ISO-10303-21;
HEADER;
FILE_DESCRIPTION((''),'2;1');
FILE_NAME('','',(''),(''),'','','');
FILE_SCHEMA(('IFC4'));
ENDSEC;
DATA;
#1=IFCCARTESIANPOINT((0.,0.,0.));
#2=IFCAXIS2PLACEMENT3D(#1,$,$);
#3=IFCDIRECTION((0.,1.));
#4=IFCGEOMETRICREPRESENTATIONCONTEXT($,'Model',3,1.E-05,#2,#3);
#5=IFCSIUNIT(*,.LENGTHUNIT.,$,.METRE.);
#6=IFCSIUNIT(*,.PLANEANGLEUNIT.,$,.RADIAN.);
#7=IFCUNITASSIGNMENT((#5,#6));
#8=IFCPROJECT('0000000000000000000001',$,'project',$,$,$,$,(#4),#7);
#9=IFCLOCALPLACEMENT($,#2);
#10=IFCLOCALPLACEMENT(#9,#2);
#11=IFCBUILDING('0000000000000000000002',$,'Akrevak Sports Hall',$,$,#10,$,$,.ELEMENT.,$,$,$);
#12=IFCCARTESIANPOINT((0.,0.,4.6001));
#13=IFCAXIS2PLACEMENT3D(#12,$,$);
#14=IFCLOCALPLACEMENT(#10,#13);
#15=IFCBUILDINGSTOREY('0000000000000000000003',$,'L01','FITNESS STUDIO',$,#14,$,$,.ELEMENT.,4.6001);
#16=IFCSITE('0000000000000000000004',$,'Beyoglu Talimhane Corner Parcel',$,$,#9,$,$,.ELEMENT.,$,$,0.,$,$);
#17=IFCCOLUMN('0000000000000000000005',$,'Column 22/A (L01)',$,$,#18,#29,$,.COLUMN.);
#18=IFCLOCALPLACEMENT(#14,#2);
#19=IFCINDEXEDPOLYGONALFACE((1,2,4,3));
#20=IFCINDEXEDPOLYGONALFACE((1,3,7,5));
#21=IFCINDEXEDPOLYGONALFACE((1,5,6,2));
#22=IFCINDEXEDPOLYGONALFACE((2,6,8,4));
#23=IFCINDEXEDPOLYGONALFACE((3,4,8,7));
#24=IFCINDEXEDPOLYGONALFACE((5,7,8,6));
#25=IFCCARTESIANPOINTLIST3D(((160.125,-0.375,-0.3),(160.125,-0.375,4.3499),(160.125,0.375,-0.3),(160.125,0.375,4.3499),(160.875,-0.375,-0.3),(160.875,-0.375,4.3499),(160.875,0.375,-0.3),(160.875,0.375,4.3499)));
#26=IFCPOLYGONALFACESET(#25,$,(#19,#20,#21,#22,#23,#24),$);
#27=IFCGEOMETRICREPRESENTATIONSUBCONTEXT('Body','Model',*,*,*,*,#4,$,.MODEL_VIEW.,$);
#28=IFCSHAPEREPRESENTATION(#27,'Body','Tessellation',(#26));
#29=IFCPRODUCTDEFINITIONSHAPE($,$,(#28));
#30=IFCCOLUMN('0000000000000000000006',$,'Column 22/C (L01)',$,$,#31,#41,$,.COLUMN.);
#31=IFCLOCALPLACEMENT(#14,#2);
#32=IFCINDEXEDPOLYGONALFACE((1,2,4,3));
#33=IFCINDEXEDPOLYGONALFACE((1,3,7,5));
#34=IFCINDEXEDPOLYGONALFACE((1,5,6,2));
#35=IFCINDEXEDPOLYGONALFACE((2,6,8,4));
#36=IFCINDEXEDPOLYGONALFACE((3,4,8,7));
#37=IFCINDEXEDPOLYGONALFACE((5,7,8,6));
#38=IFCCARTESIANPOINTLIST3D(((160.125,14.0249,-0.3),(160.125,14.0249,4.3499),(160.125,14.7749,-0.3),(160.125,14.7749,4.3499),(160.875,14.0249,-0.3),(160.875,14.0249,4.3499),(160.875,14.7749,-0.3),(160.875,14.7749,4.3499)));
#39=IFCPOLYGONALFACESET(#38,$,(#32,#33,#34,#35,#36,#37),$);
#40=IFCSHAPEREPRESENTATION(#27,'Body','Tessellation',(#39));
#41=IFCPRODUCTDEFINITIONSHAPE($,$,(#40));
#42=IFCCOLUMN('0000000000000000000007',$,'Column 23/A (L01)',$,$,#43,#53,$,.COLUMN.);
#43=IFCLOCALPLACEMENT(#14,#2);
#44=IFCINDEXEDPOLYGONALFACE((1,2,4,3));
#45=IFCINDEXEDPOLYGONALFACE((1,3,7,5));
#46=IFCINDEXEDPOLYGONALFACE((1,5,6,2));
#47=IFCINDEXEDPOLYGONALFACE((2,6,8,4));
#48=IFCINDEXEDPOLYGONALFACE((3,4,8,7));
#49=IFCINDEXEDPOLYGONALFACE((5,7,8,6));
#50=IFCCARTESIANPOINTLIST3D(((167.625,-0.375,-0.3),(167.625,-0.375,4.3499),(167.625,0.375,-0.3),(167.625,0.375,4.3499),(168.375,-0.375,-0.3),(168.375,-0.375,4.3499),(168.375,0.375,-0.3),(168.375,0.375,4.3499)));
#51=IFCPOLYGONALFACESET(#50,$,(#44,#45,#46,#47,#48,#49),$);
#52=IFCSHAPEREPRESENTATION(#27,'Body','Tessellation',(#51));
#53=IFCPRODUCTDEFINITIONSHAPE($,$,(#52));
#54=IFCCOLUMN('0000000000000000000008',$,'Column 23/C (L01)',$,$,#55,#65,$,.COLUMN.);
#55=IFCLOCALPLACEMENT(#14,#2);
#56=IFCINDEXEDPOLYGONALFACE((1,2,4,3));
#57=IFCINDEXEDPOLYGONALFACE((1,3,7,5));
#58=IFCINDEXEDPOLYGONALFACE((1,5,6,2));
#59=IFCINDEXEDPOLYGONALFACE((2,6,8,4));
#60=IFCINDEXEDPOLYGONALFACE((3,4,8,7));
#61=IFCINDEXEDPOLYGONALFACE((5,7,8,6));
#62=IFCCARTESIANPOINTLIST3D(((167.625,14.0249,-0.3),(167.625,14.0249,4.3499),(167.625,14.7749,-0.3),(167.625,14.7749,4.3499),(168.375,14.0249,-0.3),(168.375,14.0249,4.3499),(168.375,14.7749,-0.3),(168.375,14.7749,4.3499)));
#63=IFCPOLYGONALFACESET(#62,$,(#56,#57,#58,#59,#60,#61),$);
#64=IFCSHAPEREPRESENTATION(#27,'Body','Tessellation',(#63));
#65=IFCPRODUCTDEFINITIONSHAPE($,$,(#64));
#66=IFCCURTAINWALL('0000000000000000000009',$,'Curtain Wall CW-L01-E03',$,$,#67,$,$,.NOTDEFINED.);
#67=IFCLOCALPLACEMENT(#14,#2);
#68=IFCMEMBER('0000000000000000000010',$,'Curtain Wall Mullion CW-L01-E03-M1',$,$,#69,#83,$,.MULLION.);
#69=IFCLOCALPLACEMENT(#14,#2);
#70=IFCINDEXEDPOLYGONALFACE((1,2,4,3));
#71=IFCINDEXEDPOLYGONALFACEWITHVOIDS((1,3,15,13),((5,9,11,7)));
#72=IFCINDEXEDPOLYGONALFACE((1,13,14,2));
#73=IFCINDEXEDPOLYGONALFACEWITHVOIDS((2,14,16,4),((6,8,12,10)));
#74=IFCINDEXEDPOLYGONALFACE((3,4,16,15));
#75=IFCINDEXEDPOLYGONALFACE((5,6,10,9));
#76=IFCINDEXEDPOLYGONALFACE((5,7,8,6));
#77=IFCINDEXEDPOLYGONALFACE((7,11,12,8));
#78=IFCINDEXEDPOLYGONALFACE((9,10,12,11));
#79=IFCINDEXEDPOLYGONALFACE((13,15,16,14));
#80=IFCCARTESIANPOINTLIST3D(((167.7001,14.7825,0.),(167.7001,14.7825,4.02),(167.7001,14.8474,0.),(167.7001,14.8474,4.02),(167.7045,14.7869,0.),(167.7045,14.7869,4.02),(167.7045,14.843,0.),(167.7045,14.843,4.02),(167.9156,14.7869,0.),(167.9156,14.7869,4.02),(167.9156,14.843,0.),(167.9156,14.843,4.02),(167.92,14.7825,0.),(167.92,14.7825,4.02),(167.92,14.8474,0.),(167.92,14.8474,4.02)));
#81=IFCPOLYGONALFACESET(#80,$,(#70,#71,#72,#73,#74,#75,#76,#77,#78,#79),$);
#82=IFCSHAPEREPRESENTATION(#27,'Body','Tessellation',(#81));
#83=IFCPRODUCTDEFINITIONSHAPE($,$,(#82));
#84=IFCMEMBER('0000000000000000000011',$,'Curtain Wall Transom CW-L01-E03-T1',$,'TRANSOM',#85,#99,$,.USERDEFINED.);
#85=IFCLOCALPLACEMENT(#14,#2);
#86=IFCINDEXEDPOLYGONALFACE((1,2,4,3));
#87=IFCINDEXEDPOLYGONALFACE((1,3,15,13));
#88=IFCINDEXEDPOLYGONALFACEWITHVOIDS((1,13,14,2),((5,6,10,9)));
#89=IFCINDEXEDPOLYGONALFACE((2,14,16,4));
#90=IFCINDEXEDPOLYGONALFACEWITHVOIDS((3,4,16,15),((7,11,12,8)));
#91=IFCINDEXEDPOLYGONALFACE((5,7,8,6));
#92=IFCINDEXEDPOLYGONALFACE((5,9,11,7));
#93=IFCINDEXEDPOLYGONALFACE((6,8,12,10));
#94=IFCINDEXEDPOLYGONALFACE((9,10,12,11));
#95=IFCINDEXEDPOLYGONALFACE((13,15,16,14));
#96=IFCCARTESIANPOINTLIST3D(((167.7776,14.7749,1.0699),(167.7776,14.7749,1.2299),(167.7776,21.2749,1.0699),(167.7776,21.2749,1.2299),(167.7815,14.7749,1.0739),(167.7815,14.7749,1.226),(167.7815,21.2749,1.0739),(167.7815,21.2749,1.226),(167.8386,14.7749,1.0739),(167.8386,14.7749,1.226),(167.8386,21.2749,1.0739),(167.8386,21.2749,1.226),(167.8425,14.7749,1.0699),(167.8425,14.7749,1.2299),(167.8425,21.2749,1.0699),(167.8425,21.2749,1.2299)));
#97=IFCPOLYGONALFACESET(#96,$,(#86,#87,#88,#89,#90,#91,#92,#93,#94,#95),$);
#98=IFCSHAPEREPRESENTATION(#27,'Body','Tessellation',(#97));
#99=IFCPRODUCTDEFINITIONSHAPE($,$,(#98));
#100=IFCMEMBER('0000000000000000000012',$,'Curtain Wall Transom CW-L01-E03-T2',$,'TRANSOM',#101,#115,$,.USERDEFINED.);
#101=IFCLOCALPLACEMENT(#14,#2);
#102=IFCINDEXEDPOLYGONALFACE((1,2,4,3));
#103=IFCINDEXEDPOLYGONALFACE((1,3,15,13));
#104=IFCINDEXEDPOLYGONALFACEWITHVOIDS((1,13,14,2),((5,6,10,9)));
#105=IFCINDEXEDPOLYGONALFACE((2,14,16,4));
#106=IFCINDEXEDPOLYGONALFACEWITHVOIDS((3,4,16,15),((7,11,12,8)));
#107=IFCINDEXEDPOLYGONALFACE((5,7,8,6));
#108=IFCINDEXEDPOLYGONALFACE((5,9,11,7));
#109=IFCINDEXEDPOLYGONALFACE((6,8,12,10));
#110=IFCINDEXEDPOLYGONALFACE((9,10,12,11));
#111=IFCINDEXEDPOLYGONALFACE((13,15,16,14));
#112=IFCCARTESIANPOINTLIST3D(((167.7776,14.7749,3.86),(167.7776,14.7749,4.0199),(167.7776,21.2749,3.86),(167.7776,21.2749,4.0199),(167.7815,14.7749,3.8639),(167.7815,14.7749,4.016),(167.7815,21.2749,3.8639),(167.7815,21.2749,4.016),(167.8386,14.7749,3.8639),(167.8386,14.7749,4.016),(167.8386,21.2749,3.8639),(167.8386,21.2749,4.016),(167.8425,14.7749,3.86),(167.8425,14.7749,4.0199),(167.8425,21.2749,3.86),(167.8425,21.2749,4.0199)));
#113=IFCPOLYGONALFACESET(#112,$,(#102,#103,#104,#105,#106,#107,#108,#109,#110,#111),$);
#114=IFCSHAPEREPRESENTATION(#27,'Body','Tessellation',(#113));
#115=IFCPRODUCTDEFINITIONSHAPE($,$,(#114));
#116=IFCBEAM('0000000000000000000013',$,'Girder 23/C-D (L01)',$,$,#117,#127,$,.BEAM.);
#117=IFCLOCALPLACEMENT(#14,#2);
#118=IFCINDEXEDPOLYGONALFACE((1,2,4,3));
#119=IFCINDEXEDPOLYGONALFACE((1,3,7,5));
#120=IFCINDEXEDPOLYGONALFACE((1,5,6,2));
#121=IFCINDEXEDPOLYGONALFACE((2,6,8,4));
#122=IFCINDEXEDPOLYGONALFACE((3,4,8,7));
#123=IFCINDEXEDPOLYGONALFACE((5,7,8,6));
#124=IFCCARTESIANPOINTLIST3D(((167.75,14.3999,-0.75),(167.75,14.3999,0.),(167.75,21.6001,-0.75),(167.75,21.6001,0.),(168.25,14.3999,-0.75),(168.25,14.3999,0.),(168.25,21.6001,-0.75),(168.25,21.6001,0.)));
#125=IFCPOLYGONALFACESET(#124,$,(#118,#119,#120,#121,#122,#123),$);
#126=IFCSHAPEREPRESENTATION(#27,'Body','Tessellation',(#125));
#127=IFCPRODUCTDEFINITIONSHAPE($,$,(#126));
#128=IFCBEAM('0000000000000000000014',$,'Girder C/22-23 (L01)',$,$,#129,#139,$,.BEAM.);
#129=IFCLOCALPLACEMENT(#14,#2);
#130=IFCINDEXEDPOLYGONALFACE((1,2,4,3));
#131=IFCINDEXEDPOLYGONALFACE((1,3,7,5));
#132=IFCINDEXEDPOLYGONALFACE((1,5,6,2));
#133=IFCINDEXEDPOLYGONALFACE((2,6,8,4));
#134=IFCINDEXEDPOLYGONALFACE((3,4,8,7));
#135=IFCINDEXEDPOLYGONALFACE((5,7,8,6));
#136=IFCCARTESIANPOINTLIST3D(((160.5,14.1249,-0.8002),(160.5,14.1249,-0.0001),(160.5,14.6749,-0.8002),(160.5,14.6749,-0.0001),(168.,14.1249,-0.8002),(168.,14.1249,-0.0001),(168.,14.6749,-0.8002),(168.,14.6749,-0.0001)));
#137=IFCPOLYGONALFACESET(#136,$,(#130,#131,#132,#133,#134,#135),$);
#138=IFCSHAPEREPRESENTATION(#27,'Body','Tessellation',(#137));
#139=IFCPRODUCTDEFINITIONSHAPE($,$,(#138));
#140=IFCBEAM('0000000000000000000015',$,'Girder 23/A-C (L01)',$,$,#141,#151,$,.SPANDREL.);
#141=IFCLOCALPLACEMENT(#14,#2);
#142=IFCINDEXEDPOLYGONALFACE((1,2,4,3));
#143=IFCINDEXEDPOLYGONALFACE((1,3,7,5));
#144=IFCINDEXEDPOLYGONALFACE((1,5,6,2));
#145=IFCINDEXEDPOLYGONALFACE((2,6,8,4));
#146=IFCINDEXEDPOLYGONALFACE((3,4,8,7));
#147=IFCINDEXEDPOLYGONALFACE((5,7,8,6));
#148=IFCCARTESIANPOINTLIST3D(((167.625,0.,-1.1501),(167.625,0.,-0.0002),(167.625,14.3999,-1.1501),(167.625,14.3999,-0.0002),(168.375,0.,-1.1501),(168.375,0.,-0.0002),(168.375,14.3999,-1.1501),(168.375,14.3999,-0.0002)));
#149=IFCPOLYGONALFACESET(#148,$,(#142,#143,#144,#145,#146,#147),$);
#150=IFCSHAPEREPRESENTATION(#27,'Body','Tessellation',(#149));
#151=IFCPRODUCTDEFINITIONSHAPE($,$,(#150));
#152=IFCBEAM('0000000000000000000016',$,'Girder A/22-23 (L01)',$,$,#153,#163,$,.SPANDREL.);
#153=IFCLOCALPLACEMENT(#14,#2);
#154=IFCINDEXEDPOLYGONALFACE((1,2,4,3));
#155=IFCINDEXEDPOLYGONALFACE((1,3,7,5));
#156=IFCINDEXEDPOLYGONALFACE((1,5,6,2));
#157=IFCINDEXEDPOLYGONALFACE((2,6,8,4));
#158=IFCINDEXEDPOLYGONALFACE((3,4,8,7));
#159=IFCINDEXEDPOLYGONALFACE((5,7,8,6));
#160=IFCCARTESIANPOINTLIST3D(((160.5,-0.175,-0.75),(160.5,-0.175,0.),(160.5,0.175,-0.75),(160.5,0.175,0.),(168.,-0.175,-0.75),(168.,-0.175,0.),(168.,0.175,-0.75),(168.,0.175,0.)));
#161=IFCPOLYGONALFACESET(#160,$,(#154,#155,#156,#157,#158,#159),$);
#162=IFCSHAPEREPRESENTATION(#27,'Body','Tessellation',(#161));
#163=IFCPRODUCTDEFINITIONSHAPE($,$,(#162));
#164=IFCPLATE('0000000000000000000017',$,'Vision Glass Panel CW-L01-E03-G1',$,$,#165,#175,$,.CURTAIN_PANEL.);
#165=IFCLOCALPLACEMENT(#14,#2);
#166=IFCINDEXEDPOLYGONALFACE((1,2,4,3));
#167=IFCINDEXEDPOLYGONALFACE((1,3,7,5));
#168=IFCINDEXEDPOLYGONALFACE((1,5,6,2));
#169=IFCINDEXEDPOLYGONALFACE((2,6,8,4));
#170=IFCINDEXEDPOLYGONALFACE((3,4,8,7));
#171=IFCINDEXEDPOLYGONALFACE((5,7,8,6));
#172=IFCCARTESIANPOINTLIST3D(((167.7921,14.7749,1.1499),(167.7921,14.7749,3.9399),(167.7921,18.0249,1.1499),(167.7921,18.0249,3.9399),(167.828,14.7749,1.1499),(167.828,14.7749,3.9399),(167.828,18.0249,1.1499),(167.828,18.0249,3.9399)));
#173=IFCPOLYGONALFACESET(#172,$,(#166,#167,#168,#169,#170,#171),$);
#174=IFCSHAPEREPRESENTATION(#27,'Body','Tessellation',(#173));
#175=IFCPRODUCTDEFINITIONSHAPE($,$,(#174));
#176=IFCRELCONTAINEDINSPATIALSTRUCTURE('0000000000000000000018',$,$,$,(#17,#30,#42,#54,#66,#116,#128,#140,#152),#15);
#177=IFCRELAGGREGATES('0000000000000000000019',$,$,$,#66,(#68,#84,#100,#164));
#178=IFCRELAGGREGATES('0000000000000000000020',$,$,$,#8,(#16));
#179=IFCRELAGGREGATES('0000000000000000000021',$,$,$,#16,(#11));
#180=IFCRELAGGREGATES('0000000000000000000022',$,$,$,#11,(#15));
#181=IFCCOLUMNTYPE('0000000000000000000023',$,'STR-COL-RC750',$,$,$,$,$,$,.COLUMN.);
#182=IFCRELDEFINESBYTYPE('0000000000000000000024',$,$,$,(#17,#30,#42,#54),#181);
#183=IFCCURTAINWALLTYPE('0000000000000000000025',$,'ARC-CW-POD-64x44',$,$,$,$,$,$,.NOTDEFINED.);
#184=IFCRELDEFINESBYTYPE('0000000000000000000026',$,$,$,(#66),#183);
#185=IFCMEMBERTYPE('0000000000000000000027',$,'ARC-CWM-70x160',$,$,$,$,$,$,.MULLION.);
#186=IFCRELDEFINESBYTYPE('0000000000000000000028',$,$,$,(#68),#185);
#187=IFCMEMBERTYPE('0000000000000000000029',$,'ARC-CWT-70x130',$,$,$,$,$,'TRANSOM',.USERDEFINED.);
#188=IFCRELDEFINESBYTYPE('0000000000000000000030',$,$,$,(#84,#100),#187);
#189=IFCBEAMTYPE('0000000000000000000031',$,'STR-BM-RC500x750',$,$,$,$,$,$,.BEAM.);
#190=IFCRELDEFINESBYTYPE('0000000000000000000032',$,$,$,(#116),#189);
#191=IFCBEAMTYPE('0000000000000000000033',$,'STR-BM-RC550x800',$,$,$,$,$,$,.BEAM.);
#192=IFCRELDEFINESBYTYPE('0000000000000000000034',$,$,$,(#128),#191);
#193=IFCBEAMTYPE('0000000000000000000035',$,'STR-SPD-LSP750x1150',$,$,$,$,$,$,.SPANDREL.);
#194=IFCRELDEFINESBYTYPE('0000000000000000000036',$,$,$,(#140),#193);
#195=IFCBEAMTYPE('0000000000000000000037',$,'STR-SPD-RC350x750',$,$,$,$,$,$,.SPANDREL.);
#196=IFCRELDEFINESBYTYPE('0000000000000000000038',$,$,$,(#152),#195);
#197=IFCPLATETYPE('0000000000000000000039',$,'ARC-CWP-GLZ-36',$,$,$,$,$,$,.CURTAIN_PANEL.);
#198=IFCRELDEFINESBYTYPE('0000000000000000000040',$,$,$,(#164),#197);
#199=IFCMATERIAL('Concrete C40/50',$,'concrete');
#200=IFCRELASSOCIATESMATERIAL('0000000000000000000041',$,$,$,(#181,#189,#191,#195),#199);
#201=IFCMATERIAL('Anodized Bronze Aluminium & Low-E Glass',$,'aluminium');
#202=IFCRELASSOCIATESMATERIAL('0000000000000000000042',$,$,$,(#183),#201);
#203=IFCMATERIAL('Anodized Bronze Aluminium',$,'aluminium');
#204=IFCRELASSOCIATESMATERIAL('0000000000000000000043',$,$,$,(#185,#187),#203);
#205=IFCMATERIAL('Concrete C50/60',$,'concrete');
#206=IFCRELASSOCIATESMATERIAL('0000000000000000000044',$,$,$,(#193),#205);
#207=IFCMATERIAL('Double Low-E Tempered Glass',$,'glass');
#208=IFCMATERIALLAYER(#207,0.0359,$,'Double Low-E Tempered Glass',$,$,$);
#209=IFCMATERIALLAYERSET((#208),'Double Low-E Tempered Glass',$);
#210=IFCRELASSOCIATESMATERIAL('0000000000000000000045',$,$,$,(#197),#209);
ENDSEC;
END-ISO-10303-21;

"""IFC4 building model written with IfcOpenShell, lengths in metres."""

from ifc_helpers import new_model, si_unit, direction, frame, origin, origin_2d, place, context, subcontext, project, spatial, rectangle, hollow_rectangle, extrude, material, layer, layer_set, material_profile, profile_set, type_object, element, aggregate, save


model = new_model("IFC4")

# Units and contexts
model_context = context("Model", 3, precision=1e-05, world=origin(), true_north=direction((0.0, 1.0)))
body_context = subcontext(model_context, "Body", "Model", "MODEL_VIEW")
ifc_project = project(units=[si_unit("LENGTHUNIT", "METRE"), si_unit("PLANEANGLEUNIT", "RADIAN")], contexts=[model_context])

# Site, building, storey
site_placement = place(None, origin())
site = spatial("IfcSite", under=ifc_project, at=site_placement, Name="Beyoglu Talimhane Corner Parcel", CompositionType="ELEMENT", RefElevation=0.0)
building_placement = place(site_placement, origin())
building = spatial("IfcBuilding", under=site, at=building_placement, Name="Akrevak Sports Hall", CompositionType="ELEMENT")
storey_placement = place(building_placement, frame((0.0, 0.0, 4.6001)))
storey = spatial("IfcBuildingStorey", under=building, at=storey_placement, Name="L01", Description="FITNESS STUDIO", CompositionType="ELEMENT", Elevation=4.6001)

# Columns
ifc_material_1 = material(Name="Concrete C40/50", Category="concrete")
ifc_material_profile_1 = material_profile(ifc_material_1, rectangle(XDim=0.75, YDim=0.75, at=origin_2d()), Name="RC 750x750", Category="concrete")
ifc_profile_set_1 = profile_set([ifc_material_profile_1], Name="Concrete C40/50")
column_type = type_object("IfcColumnType", Name="STR-COL-RC750", PredefinedType="COLUMN", material=ifc_profile_set_1)
for number, where, z_axis, x_axis, name in (
    (1, (160.5, 0.0, -0.3), (0.0, 0.0, 1.0), (1.0, 0.0, 0.0), "Column 22/A (L01)"),
    (2, (160.5, 14.3999, -0.3), (0.0, 0.0, 1.0), (1.0, 0.0, 0.0), "Column 22/C (L01)"),
    (3, (168.0, 0.0, -0.3), (0.0, 0.0, 1.0), (1.0, 0.0, 0.0), "Column 23/A (L01)"),
    (4, (168.0, 14.3999, -0.3), (0.0, 0.0, 1.0), (1.0, 0.0, 0.0), "Column 23/C (L01)"),
):
    element("IfcColumn", number, at=place(storey_placement, frame(where, z_axis=z_axis, x_axis=x_axis)), inside=storey, type_object=column_type, Name=name, PredefinedType="COLUMN", context=body_context, shape_type="SweptSolid", body=[
        extrude(rectangle(XDim=0.75, YDim=0.75, at=origin_2d()), origin(), (0.0, 0.0, 1.0), 4.6499),
    ])

# Curtain wall, members
ifc_material_2 = material(Name="Anodized Bronze Aluminium & Low-E Glass", Category="aluminium")
curtain_wall_type = type_object("IfcCurtainWallType", Name="ARC-CW-POD-64x44", PredefinedType="NOTDEFINED", material=ifc_material_2)
curtain_wall_placement = place(storey_placement, origin())
curtain_wall = element("IfcCurtainWall", 5, at=curtain_wall_placement, inside=storey, type_object=curtain_wall_type, Name="Curtain Wall CW-L01-E03", PredefinedType="NOTDEFINED")
ifc_material_3 = material(Name="Anodized Bronze Aluminium", Category="aluminium")
ifc_material_profile_2 = material_profile(ifc_material_3, hollow_rectangle(XDim=0.0649, YDim=0.22, WallThickness=0.0044, at=origin_2d()), Name="CWM 65x220", Category="aluminium")
ifc_profile_set_2 = profile_set([ifc_material_profile_2], Name="Anodized Bronze Aluminium")
member_type_1 = type_object("IfcMemberType", Name="ARC-CWM-70x160", PredefinedType="MULLION", material=ifc_profile_set_2)
member_1_placement = place(storey_placement, frame((167.8101, 14.8149, 0.0), z_axis=(0.0, 0.0, 1.0), x_axis=(0.0, 1.0, 0.0)))
member_1 = element("IfcMember", 6, at=member_1_placement, type_object=member_type_1, Name="Curtain Wall Mullion CW-L01-E03-M1", PredefinedType="MULLION", context=body_context, shape_type="SweptSolid", body=[
    extrude(hollow_rectangle(XDim=0.0649, YDim=0.22, WallThickness=0.0044, at=origin_2d()), origin(), (0.0, 0.0, 1.0), 4.02),
])
ifc_material_profile_3 = material_profile(ifc_material_3, hollow_rectangle(XDim=0.0649, YDim=0.1599, WallThickness=0.0039, at=origin_2d()), Name="CWT 65x160", Category="aluminium")
ifc_profile_set_3 = profile_set([ifc_material_profile_3], Name="Anodized Bronze Aluminium")
member_type_2 = type_object("IfcMemberType", Name="ARC-CWT-70x130", ElementType="TRANSOM", PredefinedType="USERDEFINED", material=ifc_profile_set_3)
member_2_placement = place(storey_placement, frame((167.8101, 14.7749, 1.1499), z_axis=(0.0, 1.0, 0.0), x_axis=(-1.0, 0.0, 0.0)))
member_2 = element("IfcMember", 7, at=member_2_placement, type_object=member_type_2, Name="Curtain Wall Transom CW-L01-E03-T1", ObjectType="TRANSOM", PredefinedType="USERDEFINED", context=body_context, shape_type="SweptSolid", body=[
    extrude(hollow_rectangle(XDim=0.0649, YDim=0.1599, WallThickness=0.0039, at=origin_2d()), origin(), (0.0, 0.0, 1.0), 6.5),
])
member_3_placement = place(storey_placement, frame((167.8101, 14.7749, 3.9399), z_axis=(0.0, 1.0, 0.0), x_axis=(-1.0, 0.0, 0.0)))
member_3 = element("IfcMember", 8, at=member_3_placement, type_object=member_type_2, Name="Curtain Wall Transom CW-L01-E03-T2", ObjectType="TRANSOM", PredefinedType="USERDEFINED", context=body_context, shape_type="SweptSolid", body=[
    extrude(hollow_rectangle(XDim=0.0649, YDim=0.1599, WallThickness=0.0039, at=origin_2d()), origin(), (0.0, 0.0, 1.0), 6.5),
])

# Beams
ifc_material_profile_4 = material_profile(ifc_material_1, rectangle(XDim=0.5, YDim=0.75, at=origin_2d()), Name="BM 500x750", Category="concrete")
ifc_profile_set_4 = profile_set([ifc_material_profile_4], Name="Concrete C40/50")
beam_type_1 = type_object("IfcBeamType", Name="STR-BM-RC500x750", PredefinedType="BEAM", material=ifc_profile_set_4)
beam_1_placement = place(storey_placement, frame((168.0, 14.3999, -0.375), z_axis=(0.0, 1.0, 0.0), x_axis=(-1.0, 0.0, 0.0)))
element("IfcBeam", 9, at=beam_1_placement, inside=storey, type_object=beam_type_1, Name="Girder 23/C-D (L01)", PredefinedType="BEAM", context=body_context, shape_type="SweptSolid", body=[
    extrude(rectangle(XDim=0.5, YDim=0.75, at=origin_2d()), origin(), (0.0, 0.0, 1.0), 7.2002),
])
ifc_material_profile_5 = material_profile(ifc_material_1, rectangle(XDim=0.55, YDim=0.8, at=origin_2d()), Name="BM 550x800", Category="concrete")
ifc_profile_set_5 = profile_set([ifc_material_profile_5], Name="Concrete C40/50")
beam_type_2 = type_object("IfcBeamType", Name="STR-BM-RC550x800", PredefinedType="BEAM", material=ifc_profile_set_5)
beam_2_placement = place(storey_placement, frame((160.5, 14.3999, -0.4001), z_axis=(1.0, 0.0, 0.0), x_axis=(0.0, 1.0, 0.0)))
element("IfcBeam", 10, at=beam_2_placement, inside=storey, type_object=beam_type_2, Name="Girder C/22-23 (L01)", PredefinedType="BEAM", context=body_context, shape_type="SweptSolid", body=[
    extrude(rectangle(XDim=0.55, YDim=0.8, at=origin_2d()), origin(), (0.0, 0.0, 1.0), 7.5),
])
ifc_material_4 = material(Name="Concrete C50/60", Category="concrete")
ifc_material_profile_6 = material_profile(ifc_material_4, rectangle(XDim=0.75, YDim=1.1499, at=origin_2d()), Name="SPD 750x1150", Category="concrete")
ifc_profile_set_6 = profile_set([ifc_material_profile_6], Name="Concrete C50/60")
beam_type_3 = type_object("IfcBeamType", Name="STR-SPD-LSP750x1150", PredefinedType="SPANDREL", material=ifc_profile_set_6)
beam_3_placement = place(storey_placement, frame((168.0, 0.0, -0.5752), z_axis=(0.0, 1.0, 0.0), x_axis=(-1.0, 0.0, 0.0)))
element("IfcBeam", 11, at=beam_3_placement, inside=storey, type_object=beam_type_3, Name="Girder 23/A-C (L01)", PredefinedType="SPANDREL", context=body_context, shape_type="SweptSolid", body=[
    extrude(rectangle(XDim=0.75, YDim=1.1499, at=origin_2d()), origin(), (0.0, 0.0, 1.0), 14.3999),
])
ifc_material_profile_7 = material_profile(ifc_material_1, rectangle(XDim=0.3501, YDim=0.75, at=origin_2d()), Name="SPD 350x750", Category="concrete")
ifc_profile_set_7 = profile_set([ifc_material_profile_7], Name="Concrete C40/50")
beam_type_4 = type_object("IfcBeamType", Name="STR-SPD-RC350x750", PredefinedType="SPANDREL", material=ifc_profile_set_7)
beam_4_placement = place(storey_placement, frame((160.5, 0.0, -0.375), z_axis=(1.0, 0.0, 0.0), x_axis=(0.0, 1.0, 0.0)))
element("IfcBeam", 12, at=beam_4_placement, inside=storey, type_object=beam_type_4, Name="Girder A/22-23 (L01)", PredefinedType="SPANDREL", context=body_context, shape_type="SweptSolid", body=[
    extrude(rectangle(XDim=0.3501, YDim=0.75, at=origin_2d()), origin(), (0.0, 0.0, 1.0), 7.5),
])

# Plate
ifc_material_5 = material(Name="Double Low-E Tempered Glass", Category="glass")
ifc_layer_1 = layer(ifc_material_5, 0.0359, Name="Double Low-E Tempered Glass")
ifc_layer_set_1 = layer_set([ifc_layer_1], Name="Double Low-E Tempered Glass")
plate_type = type_object("IfcPlateType", Name="ARC-CWP-GLZ-36", PredefinedType="CURTAIN_PANEL", material=ifc_layer_set_1)
plate_placement = place(storey_placement, frame((167.8101, 16.3999, 1.1499), z_axis=(0.0, 0.0, 1.0), x_axis=(0.0, 1.0, 0.0)))
plate = element("IfcPlate", 13, at=plate_placement, type_object=plate_type, Name="Vision Glass Panel CW-L01-E03-G1", PredefinedType="CURTAIN_PANEL", context=body_context, shape_type="SweptSolid", body=[
    extrude(rectangle(XDim=3.25, YDim=0.0359, at=origin_2d()), origin(), (0.0, 0.0, 1.0), 2.79),
])
aggregate(curtain_wall, [member_1, member_2, member_3, plate])

save(model, "model.ifc")
